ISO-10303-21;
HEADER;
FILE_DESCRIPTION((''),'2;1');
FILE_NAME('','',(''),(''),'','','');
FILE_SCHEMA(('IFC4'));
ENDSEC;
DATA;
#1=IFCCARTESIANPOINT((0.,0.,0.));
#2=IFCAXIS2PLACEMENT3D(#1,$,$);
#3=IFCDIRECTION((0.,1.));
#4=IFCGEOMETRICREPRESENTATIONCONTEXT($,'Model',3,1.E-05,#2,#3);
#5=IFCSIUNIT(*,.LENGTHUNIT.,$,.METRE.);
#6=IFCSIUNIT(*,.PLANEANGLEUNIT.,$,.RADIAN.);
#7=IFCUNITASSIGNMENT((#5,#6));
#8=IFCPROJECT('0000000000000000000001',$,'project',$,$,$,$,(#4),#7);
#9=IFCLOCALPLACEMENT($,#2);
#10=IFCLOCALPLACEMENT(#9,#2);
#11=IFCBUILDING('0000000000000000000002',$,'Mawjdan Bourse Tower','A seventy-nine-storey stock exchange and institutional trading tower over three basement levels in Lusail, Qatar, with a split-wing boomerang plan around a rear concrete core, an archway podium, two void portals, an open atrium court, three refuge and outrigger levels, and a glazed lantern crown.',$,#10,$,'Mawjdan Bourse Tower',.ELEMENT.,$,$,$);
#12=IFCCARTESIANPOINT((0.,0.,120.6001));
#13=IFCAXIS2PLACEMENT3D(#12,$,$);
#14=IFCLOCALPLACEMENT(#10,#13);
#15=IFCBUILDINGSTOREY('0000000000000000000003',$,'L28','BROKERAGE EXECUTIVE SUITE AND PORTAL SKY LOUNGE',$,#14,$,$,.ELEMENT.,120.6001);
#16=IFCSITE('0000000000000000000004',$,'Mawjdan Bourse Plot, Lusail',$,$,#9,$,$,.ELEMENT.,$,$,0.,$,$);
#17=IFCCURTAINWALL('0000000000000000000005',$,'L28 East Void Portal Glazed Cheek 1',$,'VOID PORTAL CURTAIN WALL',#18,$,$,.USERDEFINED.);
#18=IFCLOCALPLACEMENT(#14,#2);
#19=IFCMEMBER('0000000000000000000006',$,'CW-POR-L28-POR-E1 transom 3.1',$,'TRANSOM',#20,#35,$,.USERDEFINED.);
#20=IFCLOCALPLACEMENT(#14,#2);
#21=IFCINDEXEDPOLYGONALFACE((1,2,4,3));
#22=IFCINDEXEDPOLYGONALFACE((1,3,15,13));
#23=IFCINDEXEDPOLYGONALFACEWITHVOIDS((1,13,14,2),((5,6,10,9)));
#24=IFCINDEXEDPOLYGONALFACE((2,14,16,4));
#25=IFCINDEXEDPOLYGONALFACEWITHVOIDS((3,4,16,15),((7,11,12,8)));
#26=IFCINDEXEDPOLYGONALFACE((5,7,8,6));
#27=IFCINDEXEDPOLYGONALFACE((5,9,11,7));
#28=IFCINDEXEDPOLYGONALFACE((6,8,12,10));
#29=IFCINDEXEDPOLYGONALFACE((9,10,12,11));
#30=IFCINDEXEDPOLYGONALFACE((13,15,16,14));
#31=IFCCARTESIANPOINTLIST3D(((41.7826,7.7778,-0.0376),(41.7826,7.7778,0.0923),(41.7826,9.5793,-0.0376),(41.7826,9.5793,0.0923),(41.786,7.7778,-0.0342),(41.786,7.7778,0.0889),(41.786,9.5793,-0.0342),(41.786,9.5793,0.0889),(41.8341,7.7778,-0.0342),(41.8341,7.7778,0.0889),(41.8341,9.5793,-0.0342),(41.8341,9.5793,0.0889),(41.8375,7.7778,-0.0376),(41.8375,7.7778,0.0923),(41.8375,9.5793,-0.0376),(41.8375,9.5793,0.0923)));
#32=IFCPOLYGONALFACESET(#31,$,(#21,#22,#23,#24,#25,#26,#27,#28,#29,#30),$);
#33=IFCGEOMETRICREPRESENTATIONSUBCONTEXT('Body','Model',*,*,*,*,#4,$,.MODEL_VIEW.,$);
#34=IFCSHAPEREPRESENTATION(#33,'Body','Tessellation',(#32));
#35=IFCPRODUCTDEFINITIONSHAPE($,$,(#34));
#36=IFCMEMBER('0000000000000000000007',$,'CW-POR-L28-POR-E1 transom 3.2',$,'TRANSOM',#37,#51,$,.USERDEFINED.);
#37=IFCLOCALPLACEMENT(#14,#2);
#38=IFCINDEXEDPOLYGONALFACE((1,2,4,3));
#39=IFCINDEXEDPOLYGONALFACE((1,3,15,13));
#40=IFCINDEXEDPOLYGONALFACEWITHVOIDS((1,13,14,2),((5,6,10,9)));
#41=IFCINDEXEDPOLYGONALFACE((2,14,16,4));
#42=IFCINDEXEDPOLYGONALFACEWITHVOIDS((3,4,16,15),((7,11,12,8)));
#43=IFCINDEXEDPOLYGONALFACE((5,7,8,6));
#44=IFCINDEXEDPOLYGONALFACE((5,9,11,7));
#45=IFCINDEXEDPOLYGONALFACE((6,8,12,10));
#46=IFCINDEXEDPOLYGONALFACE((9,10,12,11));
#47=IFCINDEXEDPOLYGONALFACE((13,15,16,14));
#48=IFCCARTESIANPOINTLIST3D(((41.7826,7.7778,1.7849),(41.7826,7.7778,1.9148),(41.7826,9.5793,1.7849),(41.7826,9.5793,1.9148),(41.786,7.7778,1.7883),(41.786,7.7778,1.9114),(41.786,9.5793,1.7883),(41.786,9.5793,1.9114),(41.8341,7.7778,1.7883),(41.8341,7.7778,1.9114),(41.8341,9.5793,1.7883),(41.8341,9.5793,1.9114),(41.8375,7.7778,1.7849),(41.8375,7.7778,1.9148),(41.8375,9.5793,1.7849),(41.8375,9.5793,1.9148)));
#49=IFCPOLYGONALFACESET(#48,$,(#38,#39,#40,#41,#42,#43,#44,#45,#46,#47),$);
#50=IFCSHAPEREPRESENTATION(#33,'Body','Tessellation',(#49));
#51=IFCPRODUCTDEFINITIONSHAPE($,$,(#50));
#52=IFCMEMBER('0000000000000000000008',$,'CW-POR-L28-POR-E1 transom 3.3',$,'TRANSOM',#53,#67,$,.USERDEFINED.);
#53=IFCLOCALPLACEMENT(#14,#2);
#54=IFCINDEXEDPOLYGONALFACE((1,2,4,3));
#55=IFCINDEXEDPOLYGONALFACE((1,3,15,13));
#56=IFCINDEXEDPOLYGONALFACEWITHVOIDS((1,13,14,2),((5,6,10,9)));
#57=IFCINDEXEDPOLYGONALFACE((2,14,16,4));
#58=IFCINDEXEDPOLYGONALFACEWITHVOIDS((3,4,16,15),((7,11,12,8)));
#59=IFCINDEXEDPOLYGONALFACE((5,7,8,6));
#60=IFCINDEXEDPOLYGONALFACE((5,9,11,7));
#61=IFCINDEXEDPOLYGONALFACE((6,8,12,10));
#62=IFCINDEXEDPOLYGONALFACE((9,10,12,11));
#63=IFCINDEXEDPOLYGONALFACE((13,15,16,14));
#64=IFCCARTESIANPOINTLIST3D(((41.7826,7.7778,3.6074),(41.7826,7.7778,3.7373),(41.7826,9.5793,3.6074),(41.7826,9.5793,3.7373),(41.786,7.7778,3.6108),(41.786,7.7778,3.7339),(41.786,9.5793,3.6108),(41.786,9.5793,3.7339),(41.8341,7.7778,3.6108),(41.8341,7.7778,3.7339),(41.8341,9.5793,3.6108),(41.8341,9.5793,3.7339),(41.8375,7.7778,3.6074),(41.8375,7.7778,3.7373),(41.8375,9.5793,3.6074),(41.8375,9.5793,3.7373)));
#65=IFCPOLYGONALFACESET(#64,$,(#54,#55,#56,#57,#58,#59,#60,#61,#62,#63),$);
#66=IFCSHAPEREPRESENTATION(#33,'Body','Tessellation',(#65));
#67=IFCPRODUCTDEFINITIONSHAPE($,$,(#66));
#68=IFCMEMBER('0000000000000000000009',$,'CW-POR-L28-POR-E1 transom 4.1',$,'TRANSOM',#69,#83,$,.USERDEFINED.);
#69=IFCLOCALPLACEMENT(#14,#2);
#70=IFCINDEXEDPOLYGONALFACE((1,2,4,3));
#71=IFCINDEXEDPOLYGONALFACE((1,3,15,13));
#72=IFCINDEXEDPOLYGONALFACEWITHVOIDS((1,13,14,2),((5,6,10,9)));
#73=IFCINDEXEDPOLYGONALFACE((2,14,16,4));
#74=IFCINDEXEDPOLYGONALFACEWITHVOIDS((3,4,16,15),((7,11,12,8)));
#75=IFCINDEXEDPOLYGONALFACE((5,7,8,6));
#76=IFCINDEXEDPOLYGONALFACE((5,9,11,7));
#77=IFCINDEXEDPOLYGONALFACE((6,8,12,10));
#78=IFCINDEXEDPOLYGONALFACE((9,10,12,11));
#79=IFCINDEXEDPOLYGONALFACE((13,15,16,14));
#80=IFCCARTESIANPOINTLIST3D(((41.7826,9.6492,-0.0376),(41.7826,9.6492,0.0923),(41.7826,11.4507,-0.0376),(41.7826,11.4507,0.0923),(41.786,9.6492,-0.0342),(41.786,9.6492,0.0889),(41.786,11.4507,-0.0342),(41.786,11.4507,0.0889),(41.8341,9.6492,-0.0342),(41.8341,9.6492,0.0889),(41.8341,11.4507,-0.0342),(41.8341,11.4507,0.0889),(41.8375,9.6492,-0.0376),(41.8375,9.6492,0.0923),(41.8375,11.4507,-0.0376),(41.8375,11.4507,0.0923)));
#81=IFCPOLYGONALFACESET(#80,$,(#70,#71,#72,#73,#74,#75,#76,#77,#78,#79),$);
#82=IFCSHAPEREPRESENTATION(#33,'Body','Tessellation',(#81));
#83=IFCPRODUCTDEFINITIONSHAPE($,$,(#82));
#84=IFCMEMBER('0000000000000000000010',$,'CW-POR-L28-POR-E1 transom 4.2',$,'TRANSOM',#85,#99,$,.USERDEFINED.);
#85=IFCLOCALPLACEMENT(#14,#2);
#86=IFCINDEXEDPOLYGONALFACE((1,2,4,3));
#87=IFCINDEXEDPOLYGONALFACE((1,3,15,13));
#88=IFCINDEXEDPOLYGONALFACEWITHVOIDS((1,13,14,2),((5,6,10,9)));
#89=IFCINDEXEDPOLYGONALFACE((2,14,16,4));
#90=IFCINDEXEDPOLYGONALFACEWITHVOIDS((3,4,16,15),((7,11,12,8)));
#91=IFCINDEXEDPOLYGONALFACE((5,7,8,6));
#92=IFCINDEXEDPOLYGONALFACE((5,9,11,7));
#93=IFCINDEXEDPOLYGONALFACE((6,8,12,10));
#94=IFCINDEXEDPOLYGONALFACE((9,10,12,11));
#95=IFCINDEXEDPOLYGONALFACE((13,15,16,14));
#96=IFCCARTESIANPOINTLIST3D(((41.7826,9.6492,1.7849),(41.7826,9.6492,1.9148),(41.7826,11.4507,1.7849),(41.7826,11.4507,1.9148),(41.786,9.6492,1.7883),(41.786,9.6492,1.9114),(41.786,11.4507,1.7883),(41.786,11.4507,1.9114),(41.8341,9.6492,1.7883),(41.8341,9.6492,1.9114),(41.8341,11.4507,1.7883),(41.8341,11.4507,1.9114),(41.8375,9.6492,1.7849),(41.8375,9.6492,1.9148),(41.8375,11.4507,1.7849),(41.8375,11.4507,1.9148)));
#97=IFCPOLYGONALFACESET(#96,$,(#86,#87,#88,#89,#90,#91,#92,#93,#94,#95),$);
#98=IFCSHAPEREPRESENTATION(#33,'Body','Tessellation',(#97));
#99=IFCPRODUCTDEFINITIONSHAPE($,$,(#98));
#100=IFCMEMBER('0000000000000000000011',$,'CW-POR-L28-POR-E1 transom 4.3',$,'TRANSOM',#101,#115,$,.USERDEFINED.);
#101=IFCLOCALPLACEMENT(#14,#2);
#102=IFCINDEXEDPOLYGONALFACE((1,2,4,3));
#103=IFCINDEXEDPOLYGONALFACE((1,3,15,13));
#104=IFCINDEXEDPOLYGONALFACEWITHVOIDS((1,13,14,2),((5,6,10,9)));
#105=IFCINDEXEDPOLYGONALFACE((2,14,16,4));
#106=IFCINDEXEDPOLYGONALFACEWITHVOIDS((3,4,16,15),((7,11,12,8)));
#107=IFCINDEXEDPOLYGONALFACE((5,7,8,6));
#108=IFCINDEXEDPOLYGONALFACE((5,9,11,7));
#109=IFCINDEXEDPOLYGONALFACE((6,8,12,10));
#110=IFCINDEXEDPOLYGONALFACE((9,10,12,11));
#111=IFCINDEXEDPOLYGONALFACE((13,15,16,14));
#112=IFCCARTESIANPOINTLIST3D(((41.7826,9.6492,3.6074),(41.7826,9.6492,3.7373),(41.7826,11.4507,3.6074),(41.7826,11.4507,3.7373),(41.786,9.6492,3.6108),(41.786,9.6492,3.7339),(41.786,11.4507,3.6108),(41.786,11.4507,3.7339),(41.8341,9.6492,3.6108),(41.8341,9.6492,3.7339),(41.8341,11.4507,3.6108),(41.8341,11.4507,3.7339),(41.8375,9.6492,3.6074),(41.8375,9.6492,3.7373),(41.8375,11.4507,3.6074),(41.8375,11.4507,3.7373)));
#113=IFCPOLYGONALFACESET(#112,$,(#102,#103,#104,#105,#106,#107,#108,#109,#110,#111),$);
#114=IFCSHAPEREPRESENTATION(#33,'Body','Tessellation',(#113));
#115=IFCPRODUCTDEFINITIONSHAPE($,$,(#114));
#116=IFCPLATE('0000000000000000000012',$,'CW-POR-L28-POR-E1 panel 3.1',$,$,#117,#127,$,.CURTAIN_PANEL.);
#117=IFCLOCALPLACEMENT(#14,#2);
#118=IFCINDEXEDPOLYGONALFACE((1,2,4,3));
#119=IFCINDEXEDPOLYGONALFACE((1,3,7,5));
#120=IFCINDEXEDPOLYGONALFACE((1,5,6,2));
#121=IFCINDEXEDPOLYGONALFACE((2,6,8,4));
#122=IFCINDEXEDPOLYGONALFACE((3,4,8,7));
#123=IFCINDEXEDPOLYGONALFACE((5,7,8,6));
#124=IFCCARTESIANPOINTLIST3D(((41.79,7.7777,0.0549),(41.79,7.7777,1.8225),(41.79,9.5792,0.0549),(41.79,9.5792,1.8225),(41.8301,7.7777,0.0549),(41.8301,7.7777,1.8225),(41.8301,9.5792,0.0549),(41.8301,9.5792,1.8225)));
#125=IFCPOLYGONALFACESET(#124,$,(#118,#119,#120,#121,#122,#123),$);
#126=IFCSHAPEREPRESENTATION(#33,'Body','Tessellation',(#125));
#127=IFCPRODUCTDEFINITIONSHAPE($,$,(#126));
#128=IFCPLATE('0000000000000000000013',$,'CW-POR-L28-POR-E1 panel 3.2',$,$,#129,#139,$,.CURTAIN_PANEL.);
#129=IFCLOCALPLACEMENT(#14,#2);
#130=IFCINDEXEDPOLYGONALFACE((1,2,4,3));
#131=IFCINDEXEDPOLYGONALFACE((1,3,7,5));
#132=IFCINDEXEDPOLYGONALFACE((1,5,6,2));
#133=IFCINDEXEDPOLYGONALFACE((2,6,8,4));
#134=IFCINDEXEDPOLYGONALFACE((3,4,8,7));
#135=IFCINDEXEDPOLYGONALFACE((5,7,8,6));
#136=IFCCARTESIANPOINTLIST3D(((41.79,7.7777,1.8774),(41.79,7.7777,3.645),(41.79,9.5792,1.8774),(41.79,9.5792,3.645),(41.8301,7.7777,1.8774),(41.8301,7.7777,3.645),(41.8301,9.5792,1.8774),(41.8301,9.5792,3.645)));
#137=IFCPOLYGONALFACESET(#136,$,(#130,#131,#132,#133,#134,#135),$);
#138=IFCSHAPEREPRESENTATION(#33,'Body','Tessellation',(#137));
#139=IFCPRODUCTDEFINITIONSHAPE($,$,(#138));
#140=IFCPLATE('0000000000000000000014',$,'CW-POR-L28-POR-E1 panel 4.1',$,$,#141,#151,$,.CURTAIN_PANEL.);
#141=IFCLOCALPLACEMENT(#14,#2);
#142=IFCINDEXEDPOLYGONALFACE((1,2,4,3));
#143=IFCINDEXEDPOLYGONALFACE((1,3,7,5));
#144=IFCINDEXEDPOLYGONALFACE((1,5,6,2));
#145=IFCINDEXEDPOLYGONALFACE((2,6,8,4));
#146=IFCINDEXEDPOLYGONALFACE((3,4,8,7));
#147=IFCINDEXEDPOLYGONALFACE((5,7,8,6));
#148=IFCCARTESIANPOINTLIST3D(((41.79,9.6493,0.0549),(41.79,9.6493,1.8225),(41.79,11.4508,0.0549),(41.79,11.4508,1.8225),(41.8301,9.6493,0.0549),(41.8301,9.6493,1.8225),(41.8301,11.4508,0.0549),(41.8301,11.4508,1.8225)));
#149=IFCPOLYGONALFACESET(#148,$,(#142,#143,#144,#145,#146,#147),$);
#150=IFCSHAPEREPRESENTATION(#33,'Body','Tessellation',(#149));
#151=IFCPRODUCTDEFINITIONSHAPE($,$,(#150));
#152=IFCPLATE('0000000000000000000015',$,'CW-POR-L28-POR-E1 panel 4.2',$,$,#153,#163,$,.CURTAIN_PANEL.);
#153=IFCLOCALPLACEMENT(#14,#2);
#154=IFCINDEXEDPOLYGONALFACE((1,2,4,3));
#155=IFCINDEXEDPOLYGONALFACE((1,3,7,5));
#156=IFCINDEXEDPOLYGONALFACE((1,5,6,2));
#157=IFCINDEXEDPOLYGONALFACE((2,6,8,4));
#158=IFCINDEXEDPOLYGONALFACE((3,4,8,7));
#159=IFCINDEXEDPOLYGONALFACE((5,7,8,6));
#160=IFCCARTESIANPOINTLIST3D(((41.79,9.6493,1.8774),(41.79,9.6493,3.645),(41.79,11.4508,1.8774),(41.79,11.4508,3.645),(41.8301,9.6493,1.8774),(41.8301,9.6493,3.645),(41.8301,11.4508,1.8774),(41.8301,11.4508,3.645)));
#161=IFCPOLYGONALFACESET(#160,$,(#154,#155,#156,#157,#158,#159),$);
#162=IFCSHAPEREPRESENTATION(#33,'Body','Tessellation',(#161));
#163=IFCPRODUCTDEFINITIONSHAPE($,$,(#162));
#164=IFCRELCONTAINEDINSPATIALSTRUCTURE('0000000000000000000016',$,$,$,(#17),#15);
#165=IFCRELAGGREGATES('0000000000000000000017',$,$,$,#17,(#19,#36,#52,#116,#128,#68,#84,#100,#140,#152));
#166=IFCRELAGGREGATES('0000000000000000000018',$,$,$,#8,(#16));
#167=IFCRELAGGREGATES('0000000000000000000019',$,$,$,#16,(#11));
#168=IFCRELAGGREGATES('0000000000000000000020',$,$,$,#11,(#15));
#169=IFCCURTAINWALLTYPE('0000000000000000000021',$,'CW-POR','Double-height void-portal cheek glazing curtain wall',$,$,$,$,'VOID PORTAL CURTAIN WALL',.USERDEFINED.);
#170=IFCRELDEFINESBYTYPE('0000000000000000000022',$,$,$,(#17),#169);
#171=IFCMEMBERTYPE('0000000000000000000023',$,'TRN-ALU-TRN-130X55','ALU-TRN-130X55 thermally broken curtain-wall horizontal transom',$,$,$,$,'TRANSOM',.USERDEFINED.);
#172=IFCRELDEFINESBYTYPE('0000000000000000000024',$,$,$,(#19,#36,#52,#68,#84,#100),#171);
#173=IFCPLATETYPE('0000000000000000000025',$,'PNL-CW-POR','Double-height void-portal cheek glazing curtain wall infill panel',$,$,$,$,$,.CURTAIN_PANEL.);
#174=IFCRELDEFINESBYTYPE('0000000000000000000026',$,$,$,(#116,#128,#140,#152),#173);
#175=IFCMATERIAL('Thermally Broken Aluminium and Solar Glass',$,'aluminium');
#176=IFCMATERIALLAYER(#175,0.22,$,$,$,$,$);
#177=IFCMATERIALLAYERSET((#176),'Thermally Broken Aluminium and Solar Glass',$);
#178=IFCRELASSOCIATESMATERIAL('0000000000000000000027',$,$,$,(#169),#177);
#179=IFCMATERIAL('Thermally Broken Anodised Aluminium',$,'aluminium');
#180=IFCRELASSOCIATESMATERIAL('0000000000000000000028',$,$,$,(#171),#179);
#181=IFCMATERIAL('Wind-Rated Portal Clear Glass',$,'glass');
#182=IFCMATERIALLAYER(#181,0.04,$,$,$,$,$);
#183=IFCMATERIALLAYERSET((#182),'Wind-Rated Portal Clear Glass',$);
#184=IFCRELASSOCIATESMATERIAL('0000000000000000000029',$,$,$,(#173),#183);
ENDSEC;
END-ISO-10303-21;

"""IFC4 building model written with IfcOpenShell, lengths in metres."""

from ifc_helpers import new_model, si_unit, direction, frame, origin, origin_2d, place, context, subcontext, project, spatial, rectangle, hollow_rectangle, extrude, material, layer, layer_set, material_profile, profile_set, type_object, element, aggregate, save


model = new_model("IFC4")

# Units and contexts
model_context = context("Model", 3, precision=1e-05, world=origin(), true_north=direction((0.0, 1.0)))
body_context = subcontext(model_context, "Body", "Model", "MODEL_VIEW")
ifc_project = project(units=[si_unit("LENGTHUNIT", "METRE"), si_unit("PLANEANGLEUNIT", "RADIAN")], contexts=[model_context])

# Site, building, storey
site_placement = place(None, origin())
site = spatial("IfcSite", under=ifc_project, at=site_placement, Name="Mawjdan Bourse Plot, Lusail", CompositionType="ELEMENT", RefElevation=0.0)
building_placement = place(site_placement, origin())
building = spatial("IfcBuilding", under=site, at=building_placement, Name="Mawjdan Bourse Tower", Description="A seventy-nine-storey stock exchange and institutional trading tower over three basement levels in Lusail, Qatar, with a split-wing boomerang plan around a rear concrete core, an archway podium, two void portals, an open atrium court, three refuge and outrigger levels, and a glazed lantern crown.", LongName="Mawjdan Bourse Tower", CompositionType="ELEMENT")
storey_placement = place(building_placement, frame((0.0, 0.0, 120.6001)))
storey = spatial("IfcBuildingStorey", under=building, at=storey_placement, Name="L28", Description="BROKERAGE EXECUTIVE SUITE AND PORTAL SKY LOUNGE", CompositionType="ELEMENT", Elevation=120.6001)

# Curtain wall
ifc_material_1 = material(Name="Thermally Broken Aluminium and Solar Glass", Category="aluminium")
ifc_layer_1 = layer(ifc_material_1, 0.22)
ifc_layer_set_1 = layer_set([ifc_layer_1], Name="Thermally Broken Aluminium and Solar Glass")
curtain_wall_type = type_object("IfcCurtainWallType", Name="CW-POR", Description="Double-height void-portal cheek glazing curtain wall", ElementType="VOID PORTAL CURTAIN WALL", PredefinedType="USERDEFINED", material=ifc_layer_set_1)
curtain_wall_placement = place(storey_placement, origin())
curtain_wall = element("IfcCurtainWall", 1, at=curtain_wall_placement, inside=storey, type_object=curtain_wall_type, Name="L28 East Void Portal Glazed Cheek 1", ObjectType="VOID PORTAL CURTAIN WALL", PredefinedType="USERDEFINED")
ifc_material_2 = material(Name="Thermally Broken Anodised Aluminium", Category="aluminium")

# Members
ifc_material_profile_1 = material_profile(ifc_material_2, hollow_rectangle(XDim=0.0549, YDim=0.1299, WallThickness=0.0034, at=origin_2d()), Name="ALU-TRN-130X55")
ifc_profile_set_1 = profile_set([ifc_material_profile_1], Name="Thermally Broken Anodised Aluminium")
member_type_1 = type_object("IfcMemberType", Name="TRN-ALU-TRN-130X55", Description="ALU-TRN-130X55 thermally broken curtain-wall horizontal transom", ElementType="TRANSOM", PredefinedType="USERDEFINED", material=ifc_profile_set_1)
member_1_placement = place(storey_placement, frame((41.8101, 7.7778, 0.0273), z_axis=(0.0, 1.0, 0.0), x_axis=(-1.0, 0.0, 0.0)))
member_1 = element("IfcMember", 2, at=member_1_placement, type_object=member_type_1, Name="CW-POR-L28-POR-E1 transom 3.1", ObjectType="TRANSOM", PredefinedType="USERDEFINED", context=body_context, shape_type="SweptSolid", body=[
    extrude(hollow_rectangle(XDim=0.0549, YDim=0.1299, WallThickness=0.0034, at=origin_2d()), origin(), (0.0, 0.0, 1.0), 1.8015),
])
member_2_placement = place(storey_placement, frame((41.8101, 7.7778, 1.8499), z_axis=(0.0, 1.0, 0.0), x_axis=(-1.0, 0.0, 0.0)))
member_2 = element("IfcMember", 3, at=member_2_placement, type_object=member_type_1, Name="CW-POR-L28-POR-E1 transom 3.2", ObjectType="TRANSOM", PredefinedType="USERDEFINED", context=body_context, shape_type="SweptSolid", body=[
    extrude(hollow_rectangle(XDim=0.0549, YDim=0.1299, WallThickness=0.0034, at=origin_2d()), origin(), (0.0, 0.0, 1.0), 1.8015),
])
member_3_placement = place(storey_placement, frame((41.8101, 7.7778, 3.6724), z_axis=(0.0, 1.0, 0.0), x_axis=(-1.0, 0.0, 0.0)))
member_3 = element("IfcMember", 4, at=member_3_placement, type_object=member_type_1, Name="CW-POR-L28-POR-E1 transom 3.3", ObjectType="TRANSOM", PredefinedType="USERDEFINED", context=body_context, shape_type="SweptSolid", body=[
    extrude(hollow_rectangle(XDim=0.0549, YDim=0.1299, WallThickness=0.0034, at=origin_2d()), origin(), (0.0, 0.0, 1.0), 1.8015),
])
member_4_placement = place(storey_placement, frame((41.8101, 9.6492, 0.0273), z_axis=(0.0, 1.0, 0.0), x_axis=(-1.0, 0.0, 0.0)))
member_4 = element("IfcMember", 5, at=member_4_placement, type_object=member_type_1, Name="CW-POR-L28-POR-E1 transom 4.1", ObjectType="TRANSOM", PredefinedType="USERDEFINED", context=body_context, shape_type="SweptSolid", body=[
    extrude(hollow_rectangle(XDim=0.0549, YDim=0.1299, WallThickness=0.0034, at=origin_2d()), origin(), (0.0, 0.0, 1.0), 1.8015),
])
member_5_placement = place(storey_placement, frame((41.8101, 9.6492, 1.8499), z_axis=(0.0, 1.0, 0.0), x_axis=(-1.0, 0.0, 0.0)))
member_5 = element("IfcMember", 6, at=member_5_placement, type_object=member_type_1, Name="CW-POR-L28-POR-E1 transom 4.2", ObjectType="TRANSOM", PredefinedType="USERDEFINED", context=body_context, shape_type="SweptSolid", body=[
    extrude(hollow_rectangle(XDim=0.0549, YDim=0.1299, WallThickness=0.0034, at=origin_2d()), origin(), (0.0, 0.0, 1.0), 1.8015),
])
member_6_placement = place(storey_placement, frame((41.8101, 9.6492, 3.6724), z_axis=(0.0, 1.0, 0.0), x_axis=(-1.0, 0.0, 0.0)))
member_6 = element("IfcMember", 7, at=member_6_placement, type_object=member_type_1, Name="CW-POR-L28-POR-E1 transom 4.3", ObjectType="TRANSOM", PredefinedType="USERDEFINED", context=body_context, shape_type="SweptSolid", body=[
    extrude(hollow_rectangle(XDim=0.0549, YDim=0.1299, WallThickness=0.0034, at=origin_2d()), origin(), (0.0, 0.0, 1.0), 1.8015),
])

# Plates
ifc_material_3 = material(Name="Wind-Rated Portal Clear Glass", Category="glass")
ifc_layer_2 = layer(ifc_material_3, 0.04)
ifc_layer_set_2 = layer_set([ifc_layer_2], Name="Wind-Rated Portal Clear Glass")
plate_type = type_object("IfcPlateType", Name="PNL-CW-POR", Description="Double-height void-portal cheek glazing curtain wall infill panel", PredefinedType="CURTAIN_PANEL", material=ifc_layer_set_2)
plate_1_placement = place(storey_placement, frame((41.8101, 8.6785, 0.0549), z_axis=(0.0, 0.0, 1.0), x_axis=(0.0, 1.0, 0.0)))
plate_1 = element("IfcPlate", 8, at=plate_1_placement, type_object=plate_type, Name="CW-POR-L28-POR-E1 panel 3.1", PredefinedType="CURTAIN_PANEL", context=body_context, shape_type="SweptSolid", body=[
    extrude(rectangle(XDim=1.8015, YDim=0.04, at=origin_2d()), origin(), (0.0, 0.0, 1.0), 1.7676),
])
plate_2_placement = place(storey_placement, frame((41.8101, 8.6785, 1.8774), z_axis=(0.0, 0.0, 1.0), x_axis=(0.0, 1.0, 0.0)))
plate_2 = element("IfcPlate", 9, at=plate_2_placement, type_object=plate_type, Name="CW-POR-L28-POR-E1 panel 3.2", PredefinedType="CURTAIN_PANEL", context=body_context, shape_type="SweptSolid", body=[
    extrude(rectangle(XDim=1.8015, YDim=0.04, at=origin_2d()), origin(), (0.0, 0.0, 1.0), 1.7676),
])
plate_3_placement = place(storey_placement, frame((41.8101, 10.55, 0.0549), z_axis=(0.0, 0.0, 1.0), x_axis=(0.0, 1.0, 0.0)))
plate_3 = element("IfcPlate", 10, at=plate_3_placement, type_object=plate_type, Name="CW-POR-L28-POR-E1 panel 4.1", PredefinedType="CURTAIN_PANEL", context=body_context, shape_type="SweptSolid", body=[
    extrude(rectangle(XDim=1.8015, YDim=0.04, at=origin_2d()), origin(), (0.0, 0.0, 1.0), 1.7676),
])
plate_4_placement = place(storey_placement, frame((41.8101, 10.55, 1.8774), z_axis=(0.0, 0.0, 1.0), x_axis=(0.0, 1.0, 0.0)))
plate_4 = element("IfcPlate", 11, at=plate_4_placement, type_object=plate_type, Name="CW-POR-L28-POR-E1 panel 4.2", PredefinedType="CURTAIN_PANEL", context=body_context, shape_type="SweptSolid", body=[
    extrude(rectangle(XDim=1.8015, YDim=0.04, at=origin_2d()), origin(), (0.0, 0.0, 1.0), 1.7676),
])
aggregate(curtain_wall, [member_1, member_2, member_3, plate_1, plate_2, member_4, member_5, member_6, plate_3, plate_4])

save(model, "model.ifc")
